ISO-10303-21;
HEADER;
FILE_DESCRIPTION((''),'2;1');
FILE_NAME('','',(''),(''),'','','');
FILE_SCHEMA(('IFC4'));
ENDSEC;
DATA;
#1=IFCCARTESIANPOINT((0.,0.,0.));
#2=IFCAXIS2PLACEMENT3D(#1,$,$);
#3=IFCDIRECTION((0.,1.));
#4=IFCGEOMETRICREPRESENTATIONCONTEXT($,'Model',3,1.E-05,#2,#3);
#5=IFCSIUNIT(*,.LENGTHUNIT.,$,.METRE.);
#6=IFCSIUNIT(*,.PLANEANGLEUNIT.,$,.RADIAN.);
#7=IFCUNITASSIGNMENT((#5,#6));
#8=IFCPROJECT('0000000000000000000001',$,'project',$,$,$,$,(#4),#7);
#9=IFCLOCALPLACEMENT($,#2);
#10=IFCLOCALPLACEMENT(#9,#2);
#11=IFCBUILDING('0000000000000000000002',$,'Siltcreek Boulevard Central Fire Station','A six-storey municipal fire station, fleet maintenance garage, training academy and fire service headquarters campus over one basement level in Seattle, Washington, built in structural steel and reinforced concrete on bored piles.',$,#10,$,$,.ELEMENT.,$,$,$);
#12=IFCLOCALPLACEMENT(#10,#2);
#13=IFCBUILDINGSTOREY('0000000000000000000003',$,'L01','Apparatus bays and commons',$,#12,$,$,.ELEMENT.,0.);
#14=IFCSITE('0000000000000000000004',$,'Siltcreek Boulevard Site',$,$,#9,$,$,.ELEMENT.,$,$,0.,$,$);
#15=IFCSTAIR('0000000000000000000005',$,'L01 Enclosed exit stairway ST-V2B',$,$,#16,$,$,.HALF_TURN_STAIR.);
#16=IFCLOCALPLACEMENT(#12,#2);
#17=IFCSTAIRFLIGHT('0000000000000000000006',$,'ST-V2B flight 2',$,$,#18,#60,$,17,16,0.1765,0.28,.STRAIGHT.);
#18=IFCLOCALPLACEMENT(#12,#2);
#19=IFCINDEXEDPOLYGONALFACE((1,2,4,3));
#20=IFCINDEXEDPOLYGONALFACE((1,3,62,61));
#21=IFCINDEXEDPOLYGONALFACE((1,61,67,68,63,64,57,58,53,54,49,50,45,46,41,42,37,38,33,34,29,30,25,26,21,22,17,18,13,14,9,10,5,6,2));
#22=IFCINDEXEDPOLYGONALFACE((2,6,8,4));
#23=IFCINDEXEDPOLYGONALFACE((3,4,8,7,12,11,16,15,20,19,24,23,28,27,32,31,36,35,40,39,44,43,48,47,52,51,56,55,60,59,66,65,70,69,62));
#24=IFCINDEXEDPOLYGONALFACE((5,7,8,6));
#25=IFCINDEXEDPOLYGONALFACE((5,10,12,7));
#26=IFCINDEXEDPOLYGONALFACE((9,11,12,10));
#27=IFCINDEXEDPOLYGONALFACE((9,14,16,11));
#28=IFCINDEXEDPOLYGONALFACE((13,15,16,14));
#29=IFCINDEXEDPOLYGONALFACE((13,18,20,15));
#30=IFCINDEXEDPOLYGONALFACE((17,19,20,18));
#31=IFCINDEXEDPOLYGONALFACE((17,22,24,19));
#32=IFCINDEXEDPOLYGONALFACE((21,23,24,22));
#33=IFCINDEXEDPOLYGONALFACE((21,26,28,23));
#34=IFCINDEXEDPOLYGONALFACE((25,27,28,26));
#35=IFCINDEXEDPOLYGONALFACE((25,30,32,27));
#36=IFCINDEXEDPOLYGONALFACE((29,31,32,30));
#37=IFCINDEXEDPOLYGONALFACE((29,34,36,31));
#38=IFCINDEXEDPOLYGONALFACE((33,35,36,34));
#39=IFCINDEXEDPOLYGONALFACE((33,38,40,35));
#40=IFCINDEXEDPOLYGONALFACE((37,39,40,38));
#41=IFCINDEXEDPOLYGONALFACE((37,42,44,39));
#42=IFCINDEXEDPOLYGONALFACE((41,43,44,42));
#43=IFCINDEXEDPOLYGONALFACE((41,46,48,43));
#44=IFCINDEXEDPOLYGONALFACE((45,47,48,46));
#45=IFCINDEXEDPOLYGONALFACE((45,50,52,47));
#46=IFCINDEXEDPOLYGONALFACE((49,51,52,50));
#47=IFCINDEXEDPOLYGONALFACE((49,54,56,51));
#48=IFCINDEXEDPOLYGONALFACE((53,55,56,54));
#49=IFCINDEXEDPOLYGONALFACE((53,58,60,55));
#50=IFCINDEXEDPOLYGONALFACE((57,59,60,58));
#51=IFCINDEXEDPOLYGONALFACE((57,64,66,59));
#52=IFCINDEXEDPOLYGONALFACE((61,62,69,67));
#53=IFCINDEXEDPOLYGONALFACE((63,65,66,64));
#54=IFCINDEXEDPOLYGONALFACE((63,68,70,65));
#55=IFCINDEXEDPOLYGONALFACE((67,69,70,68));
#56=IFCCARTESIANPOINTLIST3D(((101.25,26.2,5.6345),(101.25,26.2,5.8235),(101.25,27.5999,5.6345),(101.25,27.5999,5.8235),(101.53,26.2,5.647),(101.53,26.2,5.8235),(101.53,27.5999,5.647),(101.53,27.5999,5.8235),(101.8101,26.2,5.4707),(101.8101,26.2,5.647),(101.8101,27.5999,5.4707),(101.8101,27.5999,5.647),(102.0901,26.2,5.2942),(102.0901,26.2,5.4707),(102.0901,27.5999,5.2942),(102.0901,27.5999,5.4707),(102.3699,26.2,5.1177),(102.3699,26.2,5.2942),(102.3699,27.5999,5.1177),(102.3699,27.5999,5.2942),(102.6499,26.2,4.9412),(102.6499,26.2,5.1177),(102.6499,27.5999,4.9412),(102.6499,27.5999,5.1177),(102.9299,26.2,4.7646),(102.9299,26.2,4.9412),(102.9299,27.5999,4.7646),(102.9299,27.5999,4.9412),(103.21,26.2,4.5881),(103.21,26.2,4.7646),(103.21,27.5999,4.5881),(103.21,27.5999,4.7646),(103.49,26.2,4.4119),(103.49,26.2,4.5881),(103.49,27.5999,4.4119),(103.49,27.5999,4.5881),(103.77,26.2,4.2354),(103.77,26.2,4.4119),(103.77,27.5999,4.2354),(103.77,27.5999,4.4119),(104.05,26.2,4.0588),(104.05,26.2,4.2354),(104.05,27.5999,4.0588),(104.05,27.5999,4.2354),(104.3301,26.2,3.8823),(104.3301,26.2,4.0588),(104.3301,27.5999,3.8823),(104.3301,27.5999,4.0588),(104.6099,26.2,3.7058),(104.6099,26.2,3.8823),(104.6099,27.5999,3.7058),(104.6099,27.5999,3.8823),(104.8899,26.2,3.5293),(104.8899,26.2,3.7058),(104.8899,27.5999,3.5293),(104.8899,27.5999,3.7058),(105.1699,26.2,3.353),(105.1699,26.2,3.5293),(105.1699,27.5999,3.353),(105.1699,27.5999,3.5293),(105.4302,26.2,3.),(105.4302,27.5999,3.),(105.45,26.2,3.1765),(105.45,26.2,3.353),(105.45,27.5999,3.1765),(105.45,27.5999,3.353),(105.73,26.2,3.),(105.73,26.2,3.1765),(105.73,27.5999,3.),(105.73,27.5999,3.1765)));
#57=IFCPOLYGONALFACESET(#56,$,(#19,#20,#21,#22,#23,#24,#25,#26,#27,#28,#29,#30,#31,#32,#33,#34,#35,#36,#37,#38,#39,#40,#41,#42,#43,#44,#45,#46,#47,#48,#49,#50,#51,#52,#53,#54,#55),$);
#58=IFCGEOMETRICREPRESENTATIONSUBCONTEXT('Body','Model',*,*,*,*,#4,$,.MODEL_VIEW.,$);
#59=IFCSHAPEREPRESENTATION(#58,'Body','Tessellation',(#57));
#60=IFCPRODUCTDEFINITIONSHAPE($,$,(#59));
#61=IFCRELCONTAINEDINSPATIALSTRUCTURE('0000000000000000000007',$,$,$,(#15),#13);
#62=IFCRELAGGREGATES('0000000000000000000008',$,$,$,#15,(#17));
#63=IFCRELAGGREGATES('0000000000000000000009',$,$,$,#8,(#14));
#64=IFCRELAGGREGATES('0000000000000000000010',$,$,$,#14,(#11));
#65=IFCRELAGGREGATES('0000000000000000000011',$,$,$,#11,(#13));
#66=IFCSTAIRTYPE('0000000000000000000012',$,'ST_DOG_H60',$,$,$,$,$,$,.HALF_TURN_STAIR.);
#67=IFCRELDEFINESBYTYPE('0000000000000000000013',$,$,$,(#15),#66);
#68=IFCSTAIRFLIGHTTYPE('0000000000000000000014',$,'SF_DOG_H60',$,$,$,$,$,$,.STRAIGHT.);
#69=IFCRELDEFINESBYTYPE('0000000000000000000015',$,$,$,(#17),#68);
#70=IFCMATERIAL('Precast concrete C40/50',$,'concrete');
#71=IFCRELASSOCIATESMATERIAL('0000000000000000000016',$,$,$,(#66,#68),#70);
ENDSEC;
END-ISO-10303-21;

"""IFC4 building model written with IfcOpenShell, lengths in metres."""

from ifc_helpers import new_model, si_unit, direction, frame, origin, place, context, subcontext, project, spatial, polyline, outline, extrude, material, type_object, element, aggregate, save


model = new_model("IFC4")

# Units and contexts
model_context = context("Model", 3, precision=1e-05, world=origin(), true_north=direction((0.0, 1.0)))
body_context = subcontext(model_context, "Body", "Model", "MODEL_VIEW")
ifc_project = project(units=[si_unit("LENGTHUNIT", "METRE"), si_unit("PLANEANGLEUNIT", "RADIAN")], contexts=[model_context])

# Site, building, storey
site_placement = place(None, origin())
site = spatial("IfcSite", under=ifc_project, at=site_placement, Name="Siltcreek Boulevard Site", CompositionType="ELEMENT", RefElevation=0.0)
building_placement = place(site_placement, origin())
building = spatial("IfcBuilding", under=site, at=building_placement, Name="Siltcreek Boulevard Central Fire Station", Description="A six-storey municipal fire station, fleet maintenance garage, training academy and fire service headquarters campus over one basement level in Seattle, Washington, built in structural steel and reinforced concrete on bored piles.", CompositionType="ELEMENT")
storey_placement = place(building_placement, origin())
storey = spatial("IfcBuildingStorey", under=building, at=storey_placement, Name="L01", Description="Apparatus bays and commons", CompositionType="ELEMENT", Elevation=0.0)

# Stair, stair flight
ifc_material_1 = material(Name="Precast concrete C40/50", Category="concrete")
stair_type = type_object("IfcStairType", Name="ST_DOG_H60", PredefinedType="HALF_TURN_STAIR", material=ifc_material_1)
stair_placement = place(storey_placement, origin())
stair = element("IfcStair", 1, at=stair_placement, inside=storey, type_object=stair_type, Name="L01 Enclosed exit stairway ST-V2B", PredefinedType="HALF_TURN_STAIR")
stair_flight_type = type_object("IfcStairFlightType", Name="SF_DOG_H60", PredefinedType="STRAIGHT", material=ifc_material_1)
stair_flight_1_placement = place(storey_placement, frame((105.73, 26.8999, 3.0), z_axis=(0.0, 0.0, 1.0), x_axis=(-1.0, 0.0, 0.0)))
stair_flight_1 = element("IfcStairFlight", 2, at=stair_flight_1_placement, type_object=stair_flight_type, Name="ST-V2B flight 2", NumberOfRisers=17, NumberOfTreads=16, PredefinedType="STRAIGHT", RiserHeight=0.1765, TreadLength=0.28, context=body_context, shape_type="SweptSolid", body=[
    extrude(outline(polyline([(0.0, 0.0), (0.0, 0.1765), (0.28, 0.1765), (0.28, 0.353), (0.5601, 0.353), (0.5601, 0.5293), (0.8401, 0.5293), (0.8401, 0.7058), (1.1201, 0.7058), (1.1201, 0.8823), (1.3999, 0.8823), (1.3999, 1.0588), (1.6799, 1.0588), (1.6799, 1.2354), (1.96, 1.2354), (1.96, 1.4119), (2.24, 1.4119), (2.24, 1.5881), (2.52, 1.5881), (2.52, 1.7646), (2.8, 1.7646), (2.8, 1.9412), (3.0801, 1.9412), (3.0801, 2.1177), (3.3601, 2.1177), (3.3601, 2.2942), (3.6399, 2.2942), (3.6399, 2.4707), (3.9199, 2.4707), (3.9199, 2.647), (4.2, 2.647), (4.2, 2.8235), (4.48, 2.8235), (4.48, 3.0), (4.48, 2.6345), (0.2998, 0.0), (0.0, 0.0)])), frame((0.0, 0.7, 0.0), z_axis=(0.0, -1.0, 0.0), x_axis=(1.0, 0.0, 0.0)), (0.0, 0.0, 1.0), 1.3999),
])
aggregate(stair, [stair_flight_1])

save(model, "model.ifc")
